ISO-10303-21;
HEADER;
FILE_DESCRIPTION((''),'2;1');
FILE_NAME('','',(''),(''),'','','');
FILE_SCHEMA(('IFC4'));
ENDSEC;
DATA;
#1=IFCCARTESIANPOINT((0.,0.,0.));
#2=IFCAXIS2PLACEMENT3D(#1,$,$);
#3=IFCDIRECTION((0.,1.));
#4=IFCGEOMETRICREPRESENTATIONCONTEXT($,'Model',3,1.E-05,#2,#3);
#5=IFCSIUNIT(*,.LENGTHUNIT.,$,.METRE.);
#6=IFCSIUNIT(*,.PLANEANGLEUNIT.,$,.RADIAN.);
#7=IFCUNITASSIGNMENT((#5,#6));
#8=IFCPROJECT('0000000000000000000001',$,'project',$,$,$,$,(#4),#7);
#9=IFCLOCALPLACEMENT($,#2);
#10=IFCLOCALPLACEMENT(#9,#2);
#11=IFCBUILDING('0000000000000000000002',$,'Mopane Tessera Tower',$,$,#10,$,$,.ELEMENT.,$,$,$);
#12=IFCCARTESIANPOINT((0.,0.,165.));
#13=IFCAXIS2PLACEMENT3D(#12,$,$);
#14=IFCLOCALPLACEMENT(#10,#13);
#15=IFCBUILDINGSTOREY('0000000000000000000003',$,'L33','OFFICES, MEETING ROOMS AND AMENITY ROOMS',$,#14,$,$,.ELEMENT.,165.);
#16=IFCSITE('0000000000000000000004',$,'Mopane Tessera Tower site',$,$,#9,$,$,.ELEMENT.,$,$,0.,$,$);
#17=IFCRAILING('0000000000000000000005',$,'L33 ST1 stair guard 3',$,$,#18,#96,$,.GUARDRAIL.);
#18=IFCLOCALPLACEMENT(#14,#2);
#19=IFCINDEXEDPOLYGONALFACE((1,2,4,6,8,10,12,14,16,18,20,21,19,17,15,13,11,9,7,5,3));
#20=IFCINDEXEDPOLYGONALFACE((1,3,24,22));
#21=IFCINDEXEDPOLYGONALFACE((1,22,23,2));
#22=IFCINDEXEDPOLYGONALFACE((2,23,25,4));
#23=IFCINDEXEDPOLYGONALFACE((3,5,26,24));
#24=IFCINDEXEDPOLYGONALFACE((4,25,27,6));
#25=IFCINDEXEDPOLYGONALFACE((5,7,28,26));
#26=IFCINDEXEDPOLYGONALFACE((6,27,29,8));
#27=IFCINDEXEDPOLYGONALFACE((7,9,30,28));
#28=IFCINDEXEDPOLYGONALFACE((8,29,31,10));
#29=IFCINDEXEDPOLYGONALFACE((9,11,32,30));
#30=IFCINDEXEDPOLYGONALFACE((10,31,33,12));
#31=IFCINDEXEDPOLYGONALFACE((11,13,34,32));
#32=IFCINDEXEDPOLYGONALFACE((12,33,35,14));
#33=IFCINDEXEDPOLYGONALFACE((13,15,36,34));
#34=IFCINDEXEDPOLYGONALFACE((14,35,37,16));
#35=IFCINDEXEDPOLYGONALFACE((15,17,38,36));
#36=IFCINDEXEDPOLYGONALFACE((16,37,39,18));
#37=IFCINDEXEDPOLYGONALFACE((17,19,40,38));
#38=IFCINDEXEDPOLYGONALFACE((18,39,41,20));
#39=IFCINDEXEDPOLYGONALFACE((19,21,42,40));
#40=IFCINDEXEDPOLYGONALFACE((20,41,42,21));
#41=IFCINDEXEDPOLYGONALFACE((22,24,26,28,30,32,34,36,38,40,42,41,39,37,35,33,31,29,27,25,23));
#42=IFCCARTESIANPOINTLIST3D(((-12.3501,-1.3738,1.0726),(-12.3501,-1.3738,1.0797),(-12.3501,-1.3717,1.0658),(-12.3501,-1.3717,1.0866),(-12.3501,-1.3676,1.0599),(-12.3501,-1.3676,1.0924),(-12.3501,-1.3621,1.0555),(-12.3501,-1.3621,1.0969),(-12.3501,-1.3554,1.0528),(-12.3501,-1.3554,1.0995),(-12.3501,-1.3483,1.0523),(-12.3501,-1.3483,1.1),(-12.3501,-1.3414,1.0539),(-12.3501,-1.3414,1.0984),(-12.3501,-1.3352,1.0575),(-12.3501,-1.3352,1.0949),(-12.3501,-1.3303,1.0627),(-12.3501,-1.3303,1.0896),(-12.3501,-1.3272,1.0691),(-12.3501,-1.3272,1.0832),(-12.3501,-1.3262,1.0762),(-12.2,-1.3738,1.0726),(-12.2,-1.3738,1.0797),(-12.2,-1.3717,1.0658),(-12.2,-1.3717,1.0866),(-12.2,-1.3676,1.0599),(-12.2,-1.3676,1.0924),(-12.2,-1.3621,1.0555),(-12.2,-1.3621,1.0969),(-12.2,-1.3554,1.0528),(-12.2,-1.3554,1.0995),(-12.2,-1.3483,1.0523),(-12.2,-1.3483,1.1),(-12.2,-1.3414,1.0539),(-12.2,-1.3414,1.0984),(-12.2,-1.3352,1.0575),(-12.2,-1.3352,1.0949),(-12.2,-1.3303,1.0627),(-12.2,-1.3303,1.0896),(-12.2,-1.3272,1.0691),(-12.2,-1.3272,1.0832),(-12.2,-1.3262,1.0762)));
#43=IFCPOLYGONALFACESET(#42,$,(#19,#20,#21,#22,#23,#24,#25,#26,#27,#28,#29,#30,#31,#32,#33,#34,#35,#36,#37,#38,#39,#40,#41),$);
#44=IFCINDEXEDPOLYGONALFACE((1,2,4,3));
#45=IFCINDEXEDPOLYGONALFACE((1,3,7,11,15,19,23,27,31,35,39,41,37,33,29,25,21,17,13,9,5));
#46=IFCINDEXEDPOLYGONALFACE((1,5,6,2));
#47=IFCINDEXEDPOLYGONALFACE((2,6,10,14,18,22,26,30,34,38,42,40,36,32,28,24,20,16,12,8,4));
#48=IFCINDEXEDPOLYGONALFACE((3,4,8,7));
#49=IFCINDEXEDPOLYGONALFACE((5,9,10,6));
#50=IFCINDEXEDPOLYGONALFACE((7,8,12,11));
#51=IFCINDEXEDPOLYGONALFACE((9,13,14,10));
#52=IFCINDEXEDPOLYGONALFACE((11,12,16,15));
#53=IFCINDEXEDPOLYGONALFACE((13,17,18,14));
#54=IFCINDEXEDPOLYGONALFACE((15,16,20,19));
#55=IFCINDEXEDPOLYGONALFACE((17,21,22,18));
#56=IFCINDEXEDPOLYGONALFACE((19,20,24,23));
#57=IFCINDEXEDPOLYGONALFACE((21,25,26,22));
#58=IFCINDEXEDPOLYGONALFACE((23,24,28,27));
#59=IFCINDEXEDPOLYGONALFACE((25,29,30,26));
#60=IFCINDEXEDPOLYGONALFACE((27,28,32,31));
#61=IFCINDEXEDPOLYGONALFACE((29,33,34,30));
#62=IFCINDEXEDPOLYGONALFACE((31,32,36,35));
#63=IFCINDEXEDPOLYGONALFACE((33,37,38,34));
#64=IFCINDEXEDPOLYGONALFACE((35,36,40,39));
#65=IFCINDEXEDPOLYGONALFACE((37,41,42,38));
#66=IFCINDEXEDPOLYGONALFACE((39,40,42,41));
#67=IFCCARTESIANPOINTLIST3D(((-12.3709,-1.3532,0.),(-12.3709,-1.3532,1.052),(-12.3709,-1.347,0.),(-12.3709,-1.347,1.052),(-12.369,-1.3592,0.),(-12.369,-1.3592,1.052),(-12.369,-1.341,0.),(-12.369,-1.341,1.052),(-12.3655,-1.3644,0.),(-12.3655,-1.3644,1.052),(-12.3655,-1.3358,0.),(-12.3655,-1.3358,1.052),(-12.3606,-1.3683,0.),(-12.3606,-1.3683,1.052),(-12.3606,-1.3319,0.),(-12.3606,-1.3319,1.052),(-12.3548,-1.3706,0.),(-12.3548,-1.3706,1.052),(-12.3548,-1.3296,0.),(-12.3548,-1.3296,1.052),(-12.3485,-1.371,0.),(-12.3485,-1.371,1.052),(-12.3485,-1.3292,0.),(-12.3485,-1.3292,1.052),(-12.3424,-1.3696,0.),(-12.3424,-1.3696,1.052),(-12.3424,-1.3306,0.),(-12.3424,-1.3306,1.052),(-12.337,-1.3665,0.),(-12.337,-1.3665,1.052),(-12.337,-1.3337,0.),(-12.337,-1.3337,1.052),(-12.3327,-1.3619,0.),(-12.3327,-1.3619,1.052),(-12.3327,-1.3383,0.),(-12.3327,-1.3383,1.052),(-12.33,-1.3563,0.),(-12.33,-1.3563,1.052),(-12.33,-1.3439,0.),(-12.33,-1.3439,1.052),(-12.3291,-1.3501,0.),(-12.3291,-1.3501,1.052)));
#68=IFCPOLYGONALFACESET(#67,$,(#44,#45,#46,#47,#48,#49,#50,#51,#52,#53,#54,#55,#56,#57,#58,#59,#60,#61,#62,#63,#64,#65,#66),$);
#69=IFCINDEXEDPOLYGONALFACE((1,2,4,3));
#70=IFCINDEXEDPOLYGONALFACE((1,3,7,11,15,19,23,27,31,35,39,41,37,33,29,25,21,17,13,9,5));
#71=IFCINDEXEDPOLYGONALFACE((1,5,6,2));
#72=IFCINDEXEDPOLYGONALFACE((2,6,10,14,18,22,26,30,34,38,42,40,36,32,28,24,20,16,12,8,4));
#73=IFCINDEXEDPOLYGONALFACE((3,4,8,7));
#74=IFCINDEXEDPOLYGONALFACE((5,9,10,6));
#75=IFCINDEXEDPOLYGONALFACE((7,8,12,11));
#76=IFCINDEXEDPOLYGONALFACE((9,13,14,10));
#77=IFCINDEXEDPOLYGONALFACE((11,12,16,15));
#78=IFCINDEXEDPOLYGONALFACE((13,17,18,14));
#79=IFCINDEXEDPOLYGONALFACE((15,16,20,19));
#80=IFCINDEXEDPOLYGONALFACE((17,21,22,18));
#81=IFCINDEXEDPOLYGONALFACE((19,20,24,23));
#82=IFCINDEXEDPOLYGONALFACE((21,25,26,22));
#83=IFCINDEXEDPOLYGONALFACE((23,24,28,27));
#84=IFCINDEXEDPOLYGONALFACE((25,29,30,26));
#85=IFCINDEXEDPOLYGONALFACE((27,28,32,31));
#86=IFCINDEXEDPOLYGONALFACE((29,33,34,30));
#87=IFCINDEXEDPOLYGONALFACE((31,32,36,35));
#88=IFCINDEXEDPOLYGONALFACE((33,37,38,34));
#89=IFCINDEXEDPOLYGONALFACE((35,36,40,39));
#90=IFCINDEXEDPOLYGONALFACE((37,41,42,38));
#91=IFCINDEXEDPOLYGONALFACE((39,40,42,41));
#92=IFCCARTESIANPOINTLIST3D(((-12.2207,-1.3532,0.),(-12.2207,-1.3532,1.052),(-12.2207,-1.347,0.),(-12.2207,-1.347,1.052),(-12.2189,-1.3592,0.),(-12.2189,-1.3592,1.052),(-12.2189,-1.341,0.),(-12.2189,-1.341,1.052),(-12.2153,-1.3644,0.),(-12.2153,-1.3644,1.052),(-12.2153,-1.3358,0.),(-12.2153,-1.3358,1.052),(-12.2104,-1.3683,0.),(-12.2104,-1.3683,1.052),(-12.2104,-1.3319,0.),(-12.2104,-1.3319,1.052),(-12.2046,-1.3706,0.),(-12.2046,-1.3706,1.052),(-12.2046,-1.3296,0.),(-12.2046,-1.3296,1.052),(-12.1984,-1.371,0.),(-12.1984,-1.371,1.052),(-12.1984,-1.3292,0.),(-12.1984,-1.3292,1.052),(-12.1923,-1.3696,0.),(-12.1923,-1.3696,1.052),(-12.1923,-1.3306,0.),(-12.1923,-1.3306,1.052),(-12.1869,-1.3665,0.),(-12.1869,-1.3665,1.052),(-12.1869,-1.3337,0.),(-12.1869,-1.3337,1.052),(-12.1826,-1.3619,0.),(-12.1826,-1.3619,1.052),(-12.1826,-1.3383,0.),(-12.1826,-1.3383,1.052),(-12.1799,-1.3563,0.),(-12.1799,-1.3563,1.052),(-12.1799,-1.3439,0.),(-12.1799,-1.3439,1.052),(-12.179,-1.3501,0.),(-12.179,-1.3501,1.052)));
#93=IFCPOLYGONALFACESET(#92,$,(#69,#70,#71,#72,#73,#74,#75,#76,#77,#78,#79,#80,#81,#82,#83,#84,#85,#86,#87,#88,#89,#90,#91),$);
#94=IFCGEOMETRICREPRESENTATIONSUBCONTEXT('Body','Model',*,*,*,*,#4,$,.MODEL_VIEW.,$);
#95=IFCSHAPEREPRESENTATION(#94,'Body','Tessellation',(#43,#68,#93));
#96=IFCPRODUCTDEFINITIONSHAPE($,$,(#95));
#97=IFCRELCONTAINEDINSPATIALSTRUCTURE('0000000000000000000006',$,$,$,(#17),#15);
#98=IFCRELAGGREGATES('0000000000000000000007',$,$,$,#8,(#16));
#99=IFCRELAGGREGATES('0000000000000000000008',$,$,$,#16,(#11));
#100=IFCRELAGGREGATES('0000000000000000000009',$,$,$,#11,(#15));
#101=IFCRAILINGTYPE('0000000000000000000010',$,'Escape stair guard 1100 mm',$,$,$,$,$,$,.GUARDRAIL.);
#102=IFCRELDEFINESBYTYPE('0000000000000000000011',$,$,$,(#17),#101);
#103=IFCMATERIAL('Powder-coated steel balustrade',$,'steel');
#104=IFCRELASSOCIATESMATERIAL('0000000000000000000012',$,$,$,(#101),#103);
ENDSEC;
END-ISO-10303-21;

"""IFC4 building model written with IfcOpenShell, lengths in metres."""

from ifc_helpers import new_model, si_unit, direction, frame, origin, origin_2d, place, context, subcontext, project, spatial, circle, extrude, material, type_object, element, save


model = new_model("IFC4")

# Units and contexts
model_context = context("Model", 3, precision=1e-05, world=origin(), true_north=direction((0.0, 1.0)))
body_context = subcontext(model_context, "Body", "Model", "MODEL_VIEW")
ifc_project = project(units=[si_unit("LENGTHUNIT", "METRE"), si_unit("PLANEANGLEUNIT", "RADIAN")], contexts=[model_context])

# Site, building, storey
site_placement = place(None, origin())
site = spatial("IfcSite", under=ifc_project, at=site_placement, Name="Mopane Tessera Tower site", CompositionType="ELEMENT", RefElevation=0.0)
building_placement = place(site_placement, origin())
building = spatial("IfcBuilding", under=site, at=building_placement, Name="Mopane Tessera Tower", CompositionType="ELEMENT")
storey_placement = place(building_placement, frame((0.0, 0.0, 165.0)))
storey = spatial("IfcBuildingStorey", under=building, at=storey_placement, Name="L33", Description="OFFICES, MEETING ROOMS AND AMENITY ROOMS", CompositionType="ELEMENT", Elevation=165.0)

# Railing
ifc_material_1 = material(Name="Powder-coated steel balustrade", Category="steel")
railing_type_1 = type_object("IfcRailingType", Name="Escape stair guard 1100 mm", PredefinedType="GUARDRAIL", material=ifc_material_1)
railing_1_placement = place(storey_placement, frame((-12.3501, -1.3501, 0.0)))
element("IfcRailing", 1, at=railing_1_placement, inside=storey, type_object=railing_type_1, Name="L33 ST1 stair guard 3", PredefinedType="GUARDRAIL", context=body_context, shape_type="SweptSolid", body=[
    extrude(circle(Radius=0.0239, at=origin_2d()), frame((0.0, 0.0, 1.0762), z_axis=(1.0, 0.0, 0.0), x_axis=(0.0, 1.0, 0.0)), (0.0, 0.0, 1.0), 0.1501),
    extrude(circle(Radius=0.021, at=origin_2d()), origin(), (0.0, 0.0, 1.0), 1.052),
    extrude(circle(Radius=0.021, at=origin_2d()), frame((0.1501, 0.0, 0.0)), (0.0, 0.0, 1.0), 1.052),
])

save(model, "model.ifc")
